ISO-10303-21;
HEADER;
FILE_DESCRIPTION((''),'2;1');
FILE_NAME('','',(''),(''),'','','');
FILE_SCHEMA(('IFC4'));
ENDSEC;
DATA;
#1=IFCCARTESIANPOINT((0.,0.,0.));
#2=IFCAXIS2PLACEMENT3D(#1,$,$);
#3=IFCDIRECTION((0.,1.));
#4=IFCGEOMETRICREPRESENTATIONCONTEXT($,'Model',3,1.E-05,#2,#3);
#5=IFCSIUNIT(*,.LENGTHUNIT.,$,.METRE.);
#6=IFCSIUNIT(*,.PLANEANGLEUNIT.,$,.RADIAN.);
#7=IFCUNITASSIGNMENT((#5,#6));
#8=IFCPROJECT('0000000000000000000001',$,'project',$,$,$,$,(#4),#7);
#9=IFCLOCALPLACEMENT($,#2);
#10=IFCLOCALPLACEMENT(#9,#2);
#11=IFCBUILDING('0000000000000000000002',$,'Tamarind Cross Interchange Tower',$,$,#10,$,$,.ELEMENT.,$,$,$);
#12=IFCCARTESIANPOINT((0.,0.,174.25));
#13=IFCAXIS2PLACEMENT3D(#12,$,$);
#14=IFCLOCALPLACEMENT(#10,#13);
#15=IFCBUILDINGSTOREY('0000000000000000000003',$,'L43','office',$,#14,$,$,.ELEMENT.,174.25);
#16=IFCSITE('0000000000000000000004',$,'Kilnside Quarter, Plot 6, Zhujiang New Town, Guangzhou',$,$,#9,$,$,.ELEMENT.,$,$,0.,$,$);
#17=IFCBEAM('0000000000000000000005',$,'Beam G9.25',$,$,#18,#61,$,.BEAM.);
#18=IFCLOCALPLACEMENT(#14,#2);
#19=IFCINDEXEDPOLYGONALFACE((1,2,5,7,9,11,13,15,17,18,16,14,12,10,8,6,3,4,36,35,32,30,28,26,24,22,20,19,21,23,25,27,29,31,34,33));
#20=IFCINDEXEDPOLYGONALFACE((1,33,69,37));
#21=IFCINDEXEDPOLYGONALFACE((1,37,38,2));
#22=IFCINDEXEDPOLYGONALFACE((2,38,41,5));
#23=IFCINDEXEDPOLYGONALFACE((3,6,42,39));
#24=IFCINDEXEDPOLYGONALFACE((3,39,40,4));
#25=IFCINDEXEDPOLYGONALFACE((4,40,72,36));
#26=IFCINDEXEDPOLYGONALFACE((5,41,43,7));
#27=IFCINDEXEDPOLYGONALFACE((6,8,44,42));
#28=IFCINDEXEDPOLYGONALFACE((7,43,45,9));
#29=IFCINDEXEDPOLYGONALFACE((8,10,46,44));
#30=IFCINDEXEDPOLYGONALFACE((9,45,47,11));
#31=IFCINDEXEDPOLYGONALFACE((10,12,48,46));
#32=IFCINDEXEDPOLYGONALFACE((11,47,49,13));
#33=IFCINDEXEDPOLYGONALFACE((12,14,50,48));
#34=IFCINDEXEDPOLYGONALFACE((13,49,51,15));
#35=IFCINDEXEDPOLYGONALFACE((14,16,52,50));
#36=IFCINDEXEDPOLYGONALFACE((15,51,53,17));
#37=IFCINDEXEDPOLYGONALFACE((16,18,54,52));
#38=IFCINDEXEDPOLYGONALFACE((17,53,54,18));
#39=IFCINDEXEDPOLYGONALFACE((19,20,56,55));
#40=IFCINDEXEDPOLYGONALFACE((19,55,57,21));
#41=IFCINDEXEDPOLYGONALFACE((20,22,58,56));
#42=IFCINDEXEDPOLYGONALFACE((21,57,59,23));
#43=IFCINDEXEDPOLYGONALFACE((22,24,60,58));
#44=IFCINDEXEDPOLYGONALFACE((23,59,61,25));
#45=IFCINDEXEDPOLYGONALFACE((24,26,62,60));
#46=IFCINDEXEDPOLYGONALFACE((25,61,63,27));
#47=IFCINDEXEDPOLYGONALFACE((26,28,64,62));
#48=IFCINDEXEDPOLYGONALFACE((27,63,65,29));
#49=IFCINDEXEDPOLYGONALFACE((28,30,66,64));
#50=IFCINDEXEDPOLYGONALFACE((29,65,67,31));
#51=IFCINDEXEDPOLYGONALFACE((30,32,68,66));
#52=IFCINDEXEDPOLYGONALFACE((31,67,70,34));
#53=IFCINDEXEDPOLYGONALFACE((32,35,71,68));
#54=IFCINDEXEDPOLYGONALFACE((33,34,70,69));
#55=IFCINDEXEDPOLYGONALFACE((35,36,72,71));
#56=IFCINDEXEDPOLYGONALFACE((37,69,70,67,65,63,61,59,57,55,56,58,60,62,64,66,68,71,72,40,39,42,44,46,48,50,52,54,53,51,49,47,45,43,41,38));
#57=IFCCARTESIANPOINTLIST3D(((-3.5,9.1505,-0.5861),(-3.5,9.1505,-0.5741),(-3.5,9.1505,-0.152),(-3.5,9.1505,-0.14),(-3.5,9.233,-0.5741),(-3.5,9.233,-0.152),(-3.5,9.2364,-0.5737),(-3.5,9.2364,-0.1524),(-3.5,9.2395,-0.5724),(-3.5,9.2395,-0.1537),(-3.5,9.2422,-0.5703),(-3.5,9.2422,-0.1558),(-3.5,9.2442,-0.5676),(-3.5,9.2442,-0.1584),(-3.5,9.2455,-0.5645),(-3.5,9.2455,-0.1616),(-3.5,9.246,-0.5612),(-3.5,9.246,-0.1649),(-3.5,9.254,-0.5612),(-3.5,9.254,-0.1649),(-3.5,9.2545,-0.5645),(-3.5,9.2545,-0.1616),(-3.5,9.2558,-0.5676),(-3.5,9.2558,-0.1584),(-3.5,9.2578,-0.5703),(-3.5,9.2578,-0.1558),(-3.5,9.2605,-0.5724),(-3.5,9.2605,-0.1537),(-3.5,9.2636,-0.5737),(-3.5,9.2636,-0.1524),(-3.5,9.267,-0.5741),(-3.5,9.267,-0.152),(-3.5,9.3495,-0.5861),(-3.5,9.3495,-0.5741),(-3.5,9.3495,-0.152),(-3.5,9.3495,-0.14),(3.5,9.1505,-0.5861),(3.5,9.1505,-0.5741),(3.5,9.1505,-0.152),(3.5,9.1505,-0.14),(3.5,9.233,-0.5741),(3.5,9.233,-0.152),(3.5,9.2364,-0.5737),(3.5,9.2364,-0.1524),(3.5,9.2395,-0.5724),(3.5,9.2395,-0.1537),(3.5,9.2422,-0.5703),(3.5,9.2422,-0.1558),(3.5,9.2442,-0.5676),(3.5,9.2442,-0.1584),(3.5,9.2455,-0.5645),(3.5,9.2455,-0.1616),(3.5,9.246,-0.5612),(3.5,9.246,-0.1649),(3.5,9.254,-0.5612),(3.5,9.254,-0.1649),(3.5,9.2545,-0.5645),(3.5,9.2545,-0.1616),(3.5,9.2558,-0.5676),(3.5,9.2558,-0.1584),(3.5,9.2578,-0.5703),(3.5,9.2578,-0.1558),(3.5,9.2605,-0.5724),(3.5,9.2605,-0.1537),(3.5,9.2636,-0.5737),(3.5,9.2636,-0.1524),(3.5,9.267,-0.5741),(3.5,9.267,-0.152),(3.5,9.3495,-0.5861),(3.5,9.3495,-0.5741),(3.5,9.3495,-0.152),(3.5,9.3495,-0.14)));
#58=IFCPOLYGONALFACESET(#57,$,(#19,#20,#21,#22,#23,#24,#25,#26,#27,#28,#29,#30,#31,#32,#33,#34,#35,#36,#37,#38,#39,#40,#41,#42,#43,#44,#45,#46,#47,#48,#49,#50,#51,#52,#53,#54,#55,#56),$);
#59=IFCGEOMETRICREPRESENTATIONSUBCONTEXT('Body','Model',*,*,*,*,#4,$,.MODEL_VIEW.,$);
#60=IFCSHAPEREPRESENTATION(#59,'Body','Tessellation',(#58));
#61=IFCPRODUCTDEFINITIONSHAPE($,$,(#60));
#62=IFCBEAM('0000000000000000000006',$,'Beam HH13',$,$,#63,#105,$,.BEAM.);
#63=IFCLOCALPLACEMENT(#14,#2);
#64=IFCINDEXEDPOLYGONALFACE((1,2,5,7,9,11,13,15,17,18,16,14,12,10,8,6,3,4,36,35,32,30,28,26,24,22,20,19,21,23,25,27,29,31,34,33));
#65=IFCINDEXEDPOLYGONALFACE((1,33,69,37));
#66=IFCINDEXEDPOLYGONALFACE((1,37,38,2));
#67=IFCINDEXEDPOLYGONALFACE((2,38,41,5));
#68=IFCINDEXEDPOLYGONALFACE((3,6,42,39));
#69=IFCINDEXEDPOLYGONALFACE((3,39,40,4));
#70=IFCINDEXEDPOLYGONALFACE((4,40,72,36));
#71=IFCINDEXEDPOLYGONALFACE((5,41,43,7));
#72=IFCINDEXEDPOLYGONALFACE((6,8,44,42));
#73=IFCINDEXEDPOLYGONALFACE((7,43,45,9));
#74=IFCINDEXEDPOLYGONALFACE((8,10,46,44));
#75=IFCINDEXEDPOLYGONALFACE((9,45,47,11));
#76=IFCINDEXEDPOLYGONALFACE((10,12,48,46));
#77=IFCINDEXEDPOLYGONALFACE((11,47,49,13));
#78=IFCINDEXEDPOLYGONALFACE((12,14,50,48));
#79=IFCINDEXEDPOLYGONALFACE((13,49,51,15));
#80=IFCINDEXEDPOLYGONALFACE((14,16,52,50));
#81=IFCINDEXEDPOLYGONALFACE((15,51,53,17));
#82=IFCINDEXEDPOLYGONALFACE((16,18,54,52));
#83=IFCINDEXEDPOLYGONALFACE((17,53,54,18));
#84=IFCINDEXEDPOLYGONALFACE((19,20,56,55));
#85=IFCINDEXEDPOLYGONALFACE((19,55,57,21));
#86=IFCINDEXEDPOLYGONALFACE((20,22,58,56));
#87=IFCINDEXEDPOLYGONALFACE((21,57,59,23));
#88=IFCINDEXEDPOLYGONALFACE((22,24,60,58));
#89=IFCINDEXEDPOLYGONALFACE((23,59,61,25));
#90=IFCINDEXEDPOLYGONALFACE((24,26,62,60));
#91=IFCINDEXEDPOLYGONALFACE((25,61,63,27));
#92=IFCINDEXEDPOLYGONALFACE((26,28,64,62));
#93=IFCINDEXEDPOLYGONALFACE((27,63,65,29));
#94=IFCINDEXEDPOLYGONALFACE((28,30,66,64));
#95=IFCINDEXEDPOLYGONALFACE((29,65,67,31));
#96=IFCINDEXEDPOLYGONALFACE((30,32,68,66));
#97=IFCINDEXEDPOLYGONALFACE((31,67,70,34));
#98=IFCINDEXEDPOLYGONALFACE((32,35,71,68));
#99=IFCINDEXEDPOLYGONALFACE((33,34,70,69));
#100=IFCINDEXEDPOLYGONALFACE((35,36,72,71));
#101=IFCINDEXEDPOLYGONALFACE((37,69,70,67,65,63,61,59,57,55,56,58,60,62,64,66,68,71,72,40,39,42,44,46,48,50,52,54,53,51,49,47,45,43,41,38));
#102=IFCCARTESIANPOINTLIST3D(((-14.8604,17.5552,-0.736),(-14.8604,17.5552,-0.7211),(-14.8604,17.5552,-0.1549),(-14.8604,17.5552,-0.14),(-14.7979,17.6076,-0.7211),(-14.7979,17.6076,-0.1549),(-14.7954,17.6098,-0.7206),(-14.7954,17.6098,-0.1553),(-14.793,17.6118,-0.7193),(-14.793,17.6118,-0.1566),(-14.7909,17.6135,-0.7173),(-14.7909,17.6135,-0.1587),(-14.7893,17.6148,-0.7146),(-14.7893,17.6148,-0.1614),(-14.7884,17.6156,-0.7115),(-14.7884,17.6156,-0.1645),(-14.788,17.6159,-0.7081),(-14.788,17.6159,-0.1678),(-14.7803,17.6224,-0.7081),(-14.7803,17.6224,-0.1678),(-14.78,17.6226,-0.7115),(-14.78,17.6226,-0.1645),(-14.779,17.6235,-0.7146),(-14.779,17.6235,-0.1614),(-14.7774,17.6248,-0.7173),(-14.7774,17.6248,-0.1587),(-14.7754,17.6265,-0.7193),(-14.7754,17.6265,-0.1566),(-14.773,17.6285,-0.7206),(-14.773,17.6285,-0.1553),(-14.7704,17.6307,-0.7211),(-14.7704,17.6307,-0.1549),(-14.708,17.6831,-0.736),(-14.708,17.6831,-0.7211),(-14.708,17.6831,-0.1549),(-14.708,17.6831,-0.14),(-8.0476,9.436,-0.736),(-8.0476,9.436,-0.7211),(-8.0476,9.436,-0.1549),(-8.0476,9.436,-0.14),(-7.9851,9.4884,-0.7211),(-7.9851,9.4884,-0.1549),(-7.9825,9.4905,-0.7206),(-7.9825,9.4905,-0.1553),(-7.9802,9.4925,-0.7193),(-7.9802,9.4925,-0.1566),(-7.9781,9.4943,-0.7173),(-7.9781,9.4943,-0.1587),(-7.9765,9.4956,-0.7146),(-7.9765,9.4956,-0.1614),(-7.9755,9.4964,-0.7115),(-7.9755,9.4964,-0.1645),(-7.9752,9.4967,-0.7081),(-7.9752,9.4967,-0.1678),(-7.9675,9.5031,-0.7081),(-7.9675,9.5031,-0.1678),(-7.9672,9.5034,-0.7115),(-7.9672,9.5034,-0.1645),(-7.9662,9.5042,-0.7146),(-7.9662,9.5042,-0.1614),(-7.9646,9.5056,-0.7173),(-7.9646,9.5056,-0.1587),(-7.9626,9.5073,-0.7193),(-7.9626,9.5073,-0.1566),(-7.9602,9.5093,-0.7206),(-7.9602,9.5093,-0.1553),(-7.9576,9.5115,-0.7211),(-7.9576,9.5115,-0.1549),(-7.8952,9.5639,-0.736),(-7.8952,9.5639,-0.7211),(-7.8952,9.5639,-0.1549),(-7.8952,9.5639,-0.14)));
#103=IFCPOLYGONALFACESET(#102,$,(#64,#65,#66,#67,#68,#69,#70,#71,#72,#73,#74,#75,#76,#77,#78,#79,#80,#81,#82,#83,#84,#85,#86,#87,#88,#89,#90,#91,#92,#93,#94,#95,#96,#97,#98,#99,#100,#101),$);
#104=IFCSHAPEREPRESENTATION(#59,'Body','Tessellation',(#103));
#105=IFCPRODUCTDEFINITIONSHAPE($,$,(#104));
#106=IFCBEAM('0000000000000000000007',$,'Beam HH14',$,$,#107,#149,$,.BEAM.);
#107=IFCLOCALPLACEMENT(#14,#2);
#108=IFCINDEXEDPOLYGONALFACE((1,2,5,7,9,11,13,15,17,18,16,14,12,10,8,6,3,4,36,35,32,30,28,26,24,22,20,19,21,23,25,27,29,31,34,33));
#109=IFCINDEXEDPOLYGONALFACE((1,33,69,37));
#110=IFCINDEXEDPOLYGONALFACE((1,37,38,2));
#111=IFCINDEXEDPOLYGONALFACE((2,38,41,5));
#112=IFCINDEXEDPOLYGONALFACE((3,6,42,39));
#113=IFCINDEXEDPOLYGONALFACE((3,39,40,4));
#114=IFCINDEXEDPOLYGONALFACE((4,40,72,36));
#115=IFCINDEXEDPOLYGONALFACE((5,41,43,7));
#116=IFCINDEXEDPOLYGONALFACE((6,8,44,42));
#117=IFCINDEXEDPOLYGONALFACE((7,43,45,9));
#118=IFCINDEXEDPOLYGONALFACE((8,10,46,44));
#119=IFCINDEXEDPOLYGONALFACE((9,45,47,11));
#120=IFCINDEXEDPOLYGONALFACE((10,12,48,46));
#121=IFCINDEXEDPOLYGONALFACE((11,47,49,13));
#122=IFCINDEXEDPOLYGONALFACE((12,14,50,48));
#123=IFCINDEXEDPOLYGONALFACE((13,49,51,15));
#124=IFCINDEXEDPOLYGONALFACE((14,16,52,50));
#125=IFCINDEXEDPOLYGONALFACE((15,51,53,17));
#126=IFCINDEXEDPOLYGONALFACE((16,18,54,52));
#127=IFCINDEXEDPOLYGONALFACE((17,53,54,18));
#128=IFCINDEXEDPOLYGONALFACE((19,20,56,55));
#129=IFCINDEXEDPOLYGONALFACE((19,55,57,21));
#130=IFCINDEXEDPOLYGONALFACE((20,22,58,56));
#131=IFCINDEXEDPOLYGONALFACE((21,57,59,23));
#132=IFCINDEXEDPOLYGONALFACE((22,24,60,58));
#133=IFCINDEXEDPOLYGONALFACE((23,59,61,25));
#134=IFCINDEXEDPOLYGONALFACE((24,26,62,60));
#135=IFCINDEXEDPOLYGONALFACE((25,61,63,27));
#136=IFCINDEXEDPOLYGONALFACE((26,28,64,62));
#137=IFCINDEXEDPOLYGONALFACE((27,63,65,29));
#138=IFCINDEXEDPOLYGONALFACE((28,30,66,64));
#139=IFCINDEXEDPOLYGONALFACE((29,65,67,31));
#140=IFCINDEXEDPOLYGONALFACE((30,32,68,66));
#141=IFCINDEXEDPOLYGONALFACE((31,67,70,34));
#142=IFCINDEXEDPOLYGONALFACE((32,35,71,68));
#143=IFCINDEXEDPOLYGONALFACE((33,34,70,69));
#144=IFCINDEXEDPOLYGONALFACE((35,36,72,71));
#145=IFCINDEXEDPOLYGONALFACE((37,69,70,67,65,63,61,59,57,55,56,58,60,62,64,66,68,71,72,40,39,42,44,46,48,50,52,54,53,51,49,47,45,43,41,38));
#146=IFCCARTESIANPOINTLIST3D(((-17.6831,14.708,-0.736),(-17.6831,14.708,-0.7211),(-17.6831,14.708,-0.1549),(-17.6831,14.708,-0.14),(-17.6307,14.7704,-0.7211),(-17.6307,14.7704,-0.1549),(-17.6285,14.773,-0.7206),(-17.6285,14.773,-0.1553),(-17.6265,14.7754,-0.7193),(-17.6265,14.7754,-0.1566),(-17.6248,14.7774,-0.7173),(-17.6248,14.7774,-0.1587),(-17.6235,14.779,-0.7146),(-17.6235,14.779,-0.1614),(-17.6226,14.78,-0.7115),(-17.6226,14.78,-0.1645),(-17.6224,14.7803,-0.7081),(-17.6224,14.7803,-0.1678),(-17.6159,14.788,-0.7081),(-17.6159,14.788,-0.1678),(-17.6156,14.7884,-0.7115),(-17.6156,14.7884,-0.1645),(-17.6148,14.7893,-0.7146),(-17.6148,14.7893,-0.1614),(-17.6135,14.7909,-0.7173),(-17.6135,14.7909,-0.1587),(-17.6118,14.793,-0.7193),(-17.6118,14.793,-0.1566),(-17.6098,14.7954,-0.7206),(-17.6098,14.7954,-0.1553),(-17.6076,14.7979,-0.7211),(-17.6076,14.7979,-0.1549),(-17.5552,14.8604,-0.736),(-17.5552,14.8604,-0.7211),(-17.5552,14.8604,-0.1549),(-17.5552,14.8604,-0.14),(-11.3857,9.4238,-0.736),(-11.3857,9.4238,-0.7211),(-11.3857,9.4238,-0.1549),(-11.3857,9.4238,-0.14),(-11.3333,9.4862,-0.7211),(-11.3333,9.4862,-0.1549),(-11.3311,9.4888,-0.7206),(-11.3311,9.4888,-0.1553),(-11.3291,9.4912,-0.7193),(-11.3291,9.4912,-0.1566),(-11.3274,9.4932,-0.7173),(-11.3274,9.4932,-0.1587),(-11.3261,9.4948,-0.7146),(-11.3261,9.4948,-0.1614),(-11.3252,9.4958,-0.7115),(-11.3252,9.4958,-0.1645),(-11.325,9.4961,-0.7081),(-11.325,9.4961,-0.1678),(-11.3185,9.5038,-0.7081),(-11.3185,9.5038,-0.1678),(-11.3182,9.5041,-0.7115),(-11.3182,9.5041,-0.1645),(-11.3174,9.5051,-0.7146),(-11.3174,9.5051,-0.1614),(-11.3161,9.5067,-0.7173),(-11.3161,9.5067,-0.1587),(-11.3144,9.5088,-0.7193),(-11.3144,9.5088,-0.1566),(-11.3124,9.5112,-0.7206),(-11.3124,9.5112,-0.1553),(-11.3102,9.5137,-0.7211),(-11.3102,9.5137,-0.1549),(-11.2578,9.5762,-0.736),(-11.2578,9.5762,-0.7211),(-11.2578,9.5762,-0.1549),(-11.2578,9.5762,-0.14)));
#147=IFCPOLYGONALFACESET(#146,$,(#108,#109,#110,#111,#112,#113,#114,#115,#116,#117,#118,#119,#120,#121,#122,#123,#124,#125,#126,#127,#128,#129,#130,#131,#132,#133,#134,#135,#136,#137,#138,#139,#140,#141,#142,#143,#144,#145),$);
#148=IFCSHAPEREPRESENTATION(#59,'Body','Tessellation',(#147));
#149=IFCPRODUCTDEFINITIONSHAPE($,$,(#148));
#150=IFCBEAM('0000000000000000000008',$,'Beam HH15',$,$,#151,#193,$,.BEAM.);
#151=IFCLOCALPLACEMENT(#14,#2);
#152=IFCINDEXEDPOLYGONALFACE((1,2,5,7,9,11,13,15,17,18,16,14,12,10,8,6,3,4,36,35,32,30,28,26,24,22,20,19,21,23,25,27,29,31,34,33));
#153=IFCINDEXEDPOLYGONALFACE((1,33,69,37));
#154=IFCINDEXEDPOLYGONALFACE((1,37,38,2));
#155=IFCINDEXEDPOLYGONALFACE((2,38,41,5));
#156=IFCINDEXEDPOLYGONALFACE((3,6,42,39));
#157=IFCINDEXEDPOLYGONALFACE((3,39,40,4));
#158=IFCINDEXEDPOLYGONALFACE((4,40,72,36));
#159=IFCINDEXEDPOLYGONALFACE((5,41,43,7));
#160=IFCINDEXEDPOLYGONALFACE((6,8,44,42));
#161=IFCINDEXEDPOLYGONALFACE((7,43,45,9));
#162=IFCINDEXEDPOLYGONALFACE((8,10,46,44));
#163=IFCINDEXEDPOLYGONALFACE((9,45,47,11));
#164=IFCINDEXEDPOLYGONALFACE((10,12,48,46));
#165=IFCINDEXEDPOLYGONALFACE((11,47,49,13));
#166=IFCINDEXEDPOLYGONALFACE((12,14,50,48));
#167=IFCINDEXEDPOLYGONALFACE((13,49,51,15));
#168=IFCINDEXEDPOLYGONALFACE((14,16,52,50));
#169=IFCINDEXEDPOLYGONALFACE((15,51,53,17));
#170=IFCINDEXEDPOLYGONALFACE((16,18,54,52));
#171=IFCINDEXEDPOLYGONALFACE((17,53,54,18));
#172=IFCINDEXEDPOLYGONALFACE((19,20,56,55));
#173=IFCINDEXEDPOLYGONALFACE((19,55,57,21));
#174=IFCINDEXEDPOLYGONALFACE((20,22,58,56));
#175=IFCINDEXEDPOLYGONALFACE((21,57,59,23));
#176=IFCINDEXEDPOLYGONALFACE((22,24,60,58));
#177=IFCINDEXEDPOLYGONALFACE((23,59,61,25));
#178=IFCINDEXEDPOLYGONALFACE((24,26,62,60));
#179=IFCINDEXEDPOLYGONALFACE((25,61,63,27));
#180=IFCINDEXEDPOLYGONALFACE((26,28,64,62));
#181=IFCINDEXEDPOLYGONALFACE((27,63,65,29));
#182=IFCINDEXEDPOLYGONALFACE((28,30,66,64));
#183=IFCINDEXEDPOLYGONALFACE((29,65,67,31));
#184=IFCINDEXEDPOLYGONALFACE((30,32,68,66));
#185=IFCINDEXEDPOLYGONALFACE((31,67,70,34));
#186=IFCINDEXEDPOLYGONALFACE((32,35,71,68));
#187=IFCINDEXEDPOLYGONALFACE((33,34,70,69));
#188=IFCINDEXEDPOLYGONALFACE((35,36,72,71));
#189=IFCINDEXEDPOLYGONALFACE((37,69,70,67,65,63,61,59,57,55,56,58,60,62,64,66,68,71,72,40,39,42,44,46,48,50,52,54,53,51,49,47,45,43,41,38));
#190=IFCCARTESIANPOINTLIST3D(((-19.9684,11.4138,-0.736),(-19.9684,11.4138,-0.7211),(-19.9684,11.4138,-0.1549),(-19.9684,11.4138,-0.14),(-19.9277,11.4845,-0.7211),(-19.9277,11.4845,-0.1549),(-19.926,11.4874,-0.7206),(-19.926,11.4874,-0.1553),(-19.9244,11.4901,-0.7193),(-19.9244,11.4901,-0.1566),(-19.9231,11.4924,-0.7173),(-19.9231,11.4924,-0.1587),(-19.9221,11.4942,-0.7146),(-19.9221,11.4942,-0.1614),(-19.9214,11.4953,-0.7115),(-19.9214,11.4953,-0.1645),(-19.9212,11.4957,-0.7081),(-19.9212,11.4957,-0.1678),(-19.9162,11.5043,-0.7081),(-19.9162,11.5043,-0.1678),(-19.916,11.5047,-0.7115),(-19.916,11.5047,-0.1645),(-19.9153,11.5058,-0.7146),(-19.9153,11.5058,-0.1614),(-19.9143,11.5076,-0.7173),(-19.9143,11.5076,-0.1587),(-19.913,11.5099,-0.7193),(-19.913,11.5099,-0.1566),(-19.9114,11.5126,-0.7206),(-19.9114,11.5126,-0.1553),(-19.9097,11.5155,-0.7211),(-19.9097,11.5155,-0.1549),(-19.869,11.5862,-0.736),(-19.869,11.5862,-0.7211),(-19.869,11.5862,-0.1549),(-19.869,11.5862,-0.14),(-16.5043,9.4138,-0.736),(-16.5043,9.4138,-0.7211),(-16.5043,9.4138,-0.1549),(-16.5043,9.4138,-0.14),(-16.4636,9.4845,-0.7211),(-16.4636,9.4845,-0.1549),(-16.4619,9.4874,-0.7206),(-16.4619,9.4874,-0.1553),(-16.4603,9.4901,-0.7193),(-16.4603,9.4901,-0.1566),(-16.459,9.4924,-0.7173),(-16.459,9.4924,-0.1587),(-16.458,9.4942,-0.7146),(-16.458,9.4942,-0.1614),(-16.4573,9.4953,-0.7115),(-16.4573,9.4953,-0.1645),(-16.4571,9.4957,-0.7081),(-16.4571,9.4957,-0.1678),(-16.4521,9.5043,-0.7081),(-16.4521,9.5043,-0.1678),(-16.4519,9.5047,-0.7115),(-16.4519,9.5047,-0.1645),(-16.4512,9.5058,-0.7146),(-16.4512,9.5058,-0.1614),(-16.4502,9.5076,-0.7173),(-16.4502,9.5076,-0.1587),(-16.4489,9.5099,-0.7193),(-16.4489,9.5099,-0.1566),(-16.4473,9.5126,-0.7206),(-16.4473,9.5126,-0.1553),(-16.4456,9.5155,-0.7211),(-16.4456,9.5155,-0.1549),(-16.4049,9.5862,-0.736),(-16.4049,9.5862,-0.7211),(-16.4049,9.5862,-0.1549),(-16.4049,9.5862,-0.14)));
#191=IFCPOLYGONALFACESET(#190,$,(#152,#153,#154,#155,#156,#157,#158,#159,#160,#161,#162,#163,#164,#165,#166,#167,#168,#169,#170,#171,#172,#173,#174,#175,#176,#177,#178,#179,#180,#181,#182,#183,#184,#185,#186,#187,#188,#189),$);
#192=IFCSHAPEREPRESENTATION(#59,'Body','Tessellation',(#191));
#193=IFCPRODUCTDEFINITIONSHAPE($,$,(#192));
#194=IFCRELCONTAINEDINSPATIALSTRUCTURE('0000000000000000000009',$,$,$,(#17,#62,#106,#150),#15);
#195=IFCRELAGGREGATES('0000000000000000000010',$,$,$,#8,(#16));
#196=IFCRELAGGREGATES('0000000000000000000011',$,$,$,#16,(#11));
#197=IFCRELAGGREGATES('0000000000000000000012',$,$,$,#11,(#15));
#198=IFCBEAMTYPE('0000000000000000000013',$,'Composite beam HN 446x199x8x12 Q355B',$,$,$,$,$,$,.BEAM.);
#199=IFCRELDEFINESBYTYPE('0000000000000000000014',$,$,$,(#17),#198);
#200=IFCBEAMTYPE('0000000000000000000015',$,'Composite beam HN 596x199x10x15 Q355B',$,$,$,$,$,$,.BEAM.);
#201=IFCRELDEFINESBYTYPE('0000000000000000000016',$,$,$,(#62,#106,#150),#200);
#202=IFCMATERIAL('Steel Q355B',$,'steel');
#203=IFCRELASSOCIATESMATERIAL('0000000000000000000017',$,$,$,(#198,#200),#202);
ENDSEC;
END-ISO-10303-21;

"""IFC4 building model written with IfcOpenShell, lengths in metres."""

from ifc_helpers import new_model, si_unit, direction, frame, origin, origin_2d, place, context, subcontext, project, spatial, i_section, extrude, material, material_profile, profile_set, type_object, element, save


model = new_model("IFC4")

# Units and contexts
model_context = context("Model", 3, precision=1e-05, world=origin(), true_north=direction((0.0, 1.0)))
body_context = subcontext(model_context, "Body", "Model", "MODEL_VIEW")
ifc_project = project(units=[si_unit("LENGTHUNIT", "METRE"), si_unit("PLANEANGLEUNIT", "RADIAN")], contexts=[model_context])

# Site, building, storey
site_placement = place(None, origin())
site = spatial("IfcSite", under=ifc_project, at=site_placement, Name="Kilnside Quarter, Plot 6, Zhujiang New Town, Guangzhou", CompositionType="ELEMENT", RefElevation=0.0)
building_placement = place(site_placement, origin())
building = spatial("IfcBuilding", under=site, at=building_placement, Name="Tamarind Cross Interchange Tower", CompositionType="ELEMENT")
storey_placement = place(building_placement, frame((0.0, 0.0, 174.25)))
storey = spatial("IfcBuildingStorey", under=building, at=storey_placement, Name="L43", Description="office", CompositionType="ELEMENT", Elevation=174.25)

# Beams
ifc_material_1 = material(Name="Steel Q355B", Category="steel")
ifc_material_profile_1 = material_profile(ifc_material_1, i_section(OverallWidth=0.199, OverallDepth=0.446, WebThickness=0.0081, FlangeThickness=0.012, FilletRadius=0.0129, at=origin_2d()), Name="HN 446x199x8x12")
ifc_profile_set_1 = profile_set([ifc_material_profile_1], Name="Steel Q355B")
beam_type_1 = type_object("IfcBeamType", Name="Composite beam HN 446x199x8x12 Q355B", PredefinedType="BEAM", material=ifc_profile_set_1)
for number, where, z_axis, x_axis, name in (
    (1, (-3.5, 9.25, -0.363), (1.0, 0.0, 0.0), (0.0, 1.0, 0.0), "Beam G9.25"),
):
    element("IfcBeam", number, at=place(storey_placement, frame(where, z_axis=z_axis, x_axis=x_axis)), inside=storey, type_object=beam_type_1, Name=name, PredefinedType="BEAM", context=body_context, shape_type="SweptSolid", body=[
        extrude(i_section(OverallWidth=0.199, OverallDepth=0.446, WebThickness=0.0081, FlangeThickness=0.012, FilletRadius=0.0129, at=origin_2d()), origin(), (0.0, 0.0, 1.0), 7.0),
    ])
ifc_material_profile_2 = material_profile(ifc_material_1, i_section(OverallWidth=0.199, OverallDepth=0.5959, WebThickness=0.01, FlangeThickness=0.0149, FilletRadius=0.0129, at=origin_2d()), Name="HN 596x199x10x15")
ifc_profile_set_2 = profile_set([ifc_material_profile_2], Name="Steel Q355B")
beam_type_2 = type_object("IfcBeamType", Name="Composite beam HN 596x199x10x15 Q355B", PredefinedType="BEAM", material=ifc_profile_set_2)
beam_1_placement = place(storey_placement, frame((-14.7842, 17.6191, -0.438), z_axis=(0.642786, -0.766046, 0.0), x_axis=(0.766046, 0.642786, 0.0)))
element("IfcBeam", 2, at=beam_1_placement, inside=storey, type_object=beam_type_2, Name="Beam HH13", PredefinedType="BEAM", context=body_context, shape_type="SweptSolid", body=[
    extrude(i_section(OverallWidth=0.199, OverallDepth=0.5959, WebThickness=0.01, FlangeThickness=0.0149, FilletRadius=0.0129, at=origin_2d()), origin(), (0.0, 0.0, 1.0), 10.5989),
])
beam_2_placement = place(storey_placement, frame((-17.6191, 14.7842, -0.438), z_axis=(0.766041, -0.642792, 0.0), x_axis=(0.642792, 0.766041, 0.0)))
element("IfcBeam", 3, at=beam_2_placement, inside=storey, type_object=beam_type_2, Name="Beam HH14", PredefinedType="BEAM", context=body_context, shape_type="SweptSolid", body=[
    extrude(i_section(OverallWidth=0.199, OverallDepth=0.5959, WebThickness=0.01, FlangeThickness=0.0149, FilletRadius=0.0129, at=origin_2d()), origin(), (0.0, 0.0, 1.0), 8.2207),
])
beam_3_placement = place(storey_placement, frame((-19.9187, 11.5, -0.438), z_axis=(0.866026, -0.499999, 0.0), x_axis=(0.499999, 0.866026, 0.0)))
element("IfcBeam", 4, at=beam_3_placement, inside=storey, type_object=beam_type_2, Name="Beam HH15", PredefinedType="BEAM", context=body_context, shape_type="SweptSolid", body=[
    extrude(i_section(OverallWidth=0.199, OverallDepth=0.5959, WebThickness=0.01, FlangeThickness=0.0149, FilletRadius=0.0129, at=origin_2d()), origin(), (0.0, 0.0, 1.0), 4.0),
])

save(model, "model.ifc")
